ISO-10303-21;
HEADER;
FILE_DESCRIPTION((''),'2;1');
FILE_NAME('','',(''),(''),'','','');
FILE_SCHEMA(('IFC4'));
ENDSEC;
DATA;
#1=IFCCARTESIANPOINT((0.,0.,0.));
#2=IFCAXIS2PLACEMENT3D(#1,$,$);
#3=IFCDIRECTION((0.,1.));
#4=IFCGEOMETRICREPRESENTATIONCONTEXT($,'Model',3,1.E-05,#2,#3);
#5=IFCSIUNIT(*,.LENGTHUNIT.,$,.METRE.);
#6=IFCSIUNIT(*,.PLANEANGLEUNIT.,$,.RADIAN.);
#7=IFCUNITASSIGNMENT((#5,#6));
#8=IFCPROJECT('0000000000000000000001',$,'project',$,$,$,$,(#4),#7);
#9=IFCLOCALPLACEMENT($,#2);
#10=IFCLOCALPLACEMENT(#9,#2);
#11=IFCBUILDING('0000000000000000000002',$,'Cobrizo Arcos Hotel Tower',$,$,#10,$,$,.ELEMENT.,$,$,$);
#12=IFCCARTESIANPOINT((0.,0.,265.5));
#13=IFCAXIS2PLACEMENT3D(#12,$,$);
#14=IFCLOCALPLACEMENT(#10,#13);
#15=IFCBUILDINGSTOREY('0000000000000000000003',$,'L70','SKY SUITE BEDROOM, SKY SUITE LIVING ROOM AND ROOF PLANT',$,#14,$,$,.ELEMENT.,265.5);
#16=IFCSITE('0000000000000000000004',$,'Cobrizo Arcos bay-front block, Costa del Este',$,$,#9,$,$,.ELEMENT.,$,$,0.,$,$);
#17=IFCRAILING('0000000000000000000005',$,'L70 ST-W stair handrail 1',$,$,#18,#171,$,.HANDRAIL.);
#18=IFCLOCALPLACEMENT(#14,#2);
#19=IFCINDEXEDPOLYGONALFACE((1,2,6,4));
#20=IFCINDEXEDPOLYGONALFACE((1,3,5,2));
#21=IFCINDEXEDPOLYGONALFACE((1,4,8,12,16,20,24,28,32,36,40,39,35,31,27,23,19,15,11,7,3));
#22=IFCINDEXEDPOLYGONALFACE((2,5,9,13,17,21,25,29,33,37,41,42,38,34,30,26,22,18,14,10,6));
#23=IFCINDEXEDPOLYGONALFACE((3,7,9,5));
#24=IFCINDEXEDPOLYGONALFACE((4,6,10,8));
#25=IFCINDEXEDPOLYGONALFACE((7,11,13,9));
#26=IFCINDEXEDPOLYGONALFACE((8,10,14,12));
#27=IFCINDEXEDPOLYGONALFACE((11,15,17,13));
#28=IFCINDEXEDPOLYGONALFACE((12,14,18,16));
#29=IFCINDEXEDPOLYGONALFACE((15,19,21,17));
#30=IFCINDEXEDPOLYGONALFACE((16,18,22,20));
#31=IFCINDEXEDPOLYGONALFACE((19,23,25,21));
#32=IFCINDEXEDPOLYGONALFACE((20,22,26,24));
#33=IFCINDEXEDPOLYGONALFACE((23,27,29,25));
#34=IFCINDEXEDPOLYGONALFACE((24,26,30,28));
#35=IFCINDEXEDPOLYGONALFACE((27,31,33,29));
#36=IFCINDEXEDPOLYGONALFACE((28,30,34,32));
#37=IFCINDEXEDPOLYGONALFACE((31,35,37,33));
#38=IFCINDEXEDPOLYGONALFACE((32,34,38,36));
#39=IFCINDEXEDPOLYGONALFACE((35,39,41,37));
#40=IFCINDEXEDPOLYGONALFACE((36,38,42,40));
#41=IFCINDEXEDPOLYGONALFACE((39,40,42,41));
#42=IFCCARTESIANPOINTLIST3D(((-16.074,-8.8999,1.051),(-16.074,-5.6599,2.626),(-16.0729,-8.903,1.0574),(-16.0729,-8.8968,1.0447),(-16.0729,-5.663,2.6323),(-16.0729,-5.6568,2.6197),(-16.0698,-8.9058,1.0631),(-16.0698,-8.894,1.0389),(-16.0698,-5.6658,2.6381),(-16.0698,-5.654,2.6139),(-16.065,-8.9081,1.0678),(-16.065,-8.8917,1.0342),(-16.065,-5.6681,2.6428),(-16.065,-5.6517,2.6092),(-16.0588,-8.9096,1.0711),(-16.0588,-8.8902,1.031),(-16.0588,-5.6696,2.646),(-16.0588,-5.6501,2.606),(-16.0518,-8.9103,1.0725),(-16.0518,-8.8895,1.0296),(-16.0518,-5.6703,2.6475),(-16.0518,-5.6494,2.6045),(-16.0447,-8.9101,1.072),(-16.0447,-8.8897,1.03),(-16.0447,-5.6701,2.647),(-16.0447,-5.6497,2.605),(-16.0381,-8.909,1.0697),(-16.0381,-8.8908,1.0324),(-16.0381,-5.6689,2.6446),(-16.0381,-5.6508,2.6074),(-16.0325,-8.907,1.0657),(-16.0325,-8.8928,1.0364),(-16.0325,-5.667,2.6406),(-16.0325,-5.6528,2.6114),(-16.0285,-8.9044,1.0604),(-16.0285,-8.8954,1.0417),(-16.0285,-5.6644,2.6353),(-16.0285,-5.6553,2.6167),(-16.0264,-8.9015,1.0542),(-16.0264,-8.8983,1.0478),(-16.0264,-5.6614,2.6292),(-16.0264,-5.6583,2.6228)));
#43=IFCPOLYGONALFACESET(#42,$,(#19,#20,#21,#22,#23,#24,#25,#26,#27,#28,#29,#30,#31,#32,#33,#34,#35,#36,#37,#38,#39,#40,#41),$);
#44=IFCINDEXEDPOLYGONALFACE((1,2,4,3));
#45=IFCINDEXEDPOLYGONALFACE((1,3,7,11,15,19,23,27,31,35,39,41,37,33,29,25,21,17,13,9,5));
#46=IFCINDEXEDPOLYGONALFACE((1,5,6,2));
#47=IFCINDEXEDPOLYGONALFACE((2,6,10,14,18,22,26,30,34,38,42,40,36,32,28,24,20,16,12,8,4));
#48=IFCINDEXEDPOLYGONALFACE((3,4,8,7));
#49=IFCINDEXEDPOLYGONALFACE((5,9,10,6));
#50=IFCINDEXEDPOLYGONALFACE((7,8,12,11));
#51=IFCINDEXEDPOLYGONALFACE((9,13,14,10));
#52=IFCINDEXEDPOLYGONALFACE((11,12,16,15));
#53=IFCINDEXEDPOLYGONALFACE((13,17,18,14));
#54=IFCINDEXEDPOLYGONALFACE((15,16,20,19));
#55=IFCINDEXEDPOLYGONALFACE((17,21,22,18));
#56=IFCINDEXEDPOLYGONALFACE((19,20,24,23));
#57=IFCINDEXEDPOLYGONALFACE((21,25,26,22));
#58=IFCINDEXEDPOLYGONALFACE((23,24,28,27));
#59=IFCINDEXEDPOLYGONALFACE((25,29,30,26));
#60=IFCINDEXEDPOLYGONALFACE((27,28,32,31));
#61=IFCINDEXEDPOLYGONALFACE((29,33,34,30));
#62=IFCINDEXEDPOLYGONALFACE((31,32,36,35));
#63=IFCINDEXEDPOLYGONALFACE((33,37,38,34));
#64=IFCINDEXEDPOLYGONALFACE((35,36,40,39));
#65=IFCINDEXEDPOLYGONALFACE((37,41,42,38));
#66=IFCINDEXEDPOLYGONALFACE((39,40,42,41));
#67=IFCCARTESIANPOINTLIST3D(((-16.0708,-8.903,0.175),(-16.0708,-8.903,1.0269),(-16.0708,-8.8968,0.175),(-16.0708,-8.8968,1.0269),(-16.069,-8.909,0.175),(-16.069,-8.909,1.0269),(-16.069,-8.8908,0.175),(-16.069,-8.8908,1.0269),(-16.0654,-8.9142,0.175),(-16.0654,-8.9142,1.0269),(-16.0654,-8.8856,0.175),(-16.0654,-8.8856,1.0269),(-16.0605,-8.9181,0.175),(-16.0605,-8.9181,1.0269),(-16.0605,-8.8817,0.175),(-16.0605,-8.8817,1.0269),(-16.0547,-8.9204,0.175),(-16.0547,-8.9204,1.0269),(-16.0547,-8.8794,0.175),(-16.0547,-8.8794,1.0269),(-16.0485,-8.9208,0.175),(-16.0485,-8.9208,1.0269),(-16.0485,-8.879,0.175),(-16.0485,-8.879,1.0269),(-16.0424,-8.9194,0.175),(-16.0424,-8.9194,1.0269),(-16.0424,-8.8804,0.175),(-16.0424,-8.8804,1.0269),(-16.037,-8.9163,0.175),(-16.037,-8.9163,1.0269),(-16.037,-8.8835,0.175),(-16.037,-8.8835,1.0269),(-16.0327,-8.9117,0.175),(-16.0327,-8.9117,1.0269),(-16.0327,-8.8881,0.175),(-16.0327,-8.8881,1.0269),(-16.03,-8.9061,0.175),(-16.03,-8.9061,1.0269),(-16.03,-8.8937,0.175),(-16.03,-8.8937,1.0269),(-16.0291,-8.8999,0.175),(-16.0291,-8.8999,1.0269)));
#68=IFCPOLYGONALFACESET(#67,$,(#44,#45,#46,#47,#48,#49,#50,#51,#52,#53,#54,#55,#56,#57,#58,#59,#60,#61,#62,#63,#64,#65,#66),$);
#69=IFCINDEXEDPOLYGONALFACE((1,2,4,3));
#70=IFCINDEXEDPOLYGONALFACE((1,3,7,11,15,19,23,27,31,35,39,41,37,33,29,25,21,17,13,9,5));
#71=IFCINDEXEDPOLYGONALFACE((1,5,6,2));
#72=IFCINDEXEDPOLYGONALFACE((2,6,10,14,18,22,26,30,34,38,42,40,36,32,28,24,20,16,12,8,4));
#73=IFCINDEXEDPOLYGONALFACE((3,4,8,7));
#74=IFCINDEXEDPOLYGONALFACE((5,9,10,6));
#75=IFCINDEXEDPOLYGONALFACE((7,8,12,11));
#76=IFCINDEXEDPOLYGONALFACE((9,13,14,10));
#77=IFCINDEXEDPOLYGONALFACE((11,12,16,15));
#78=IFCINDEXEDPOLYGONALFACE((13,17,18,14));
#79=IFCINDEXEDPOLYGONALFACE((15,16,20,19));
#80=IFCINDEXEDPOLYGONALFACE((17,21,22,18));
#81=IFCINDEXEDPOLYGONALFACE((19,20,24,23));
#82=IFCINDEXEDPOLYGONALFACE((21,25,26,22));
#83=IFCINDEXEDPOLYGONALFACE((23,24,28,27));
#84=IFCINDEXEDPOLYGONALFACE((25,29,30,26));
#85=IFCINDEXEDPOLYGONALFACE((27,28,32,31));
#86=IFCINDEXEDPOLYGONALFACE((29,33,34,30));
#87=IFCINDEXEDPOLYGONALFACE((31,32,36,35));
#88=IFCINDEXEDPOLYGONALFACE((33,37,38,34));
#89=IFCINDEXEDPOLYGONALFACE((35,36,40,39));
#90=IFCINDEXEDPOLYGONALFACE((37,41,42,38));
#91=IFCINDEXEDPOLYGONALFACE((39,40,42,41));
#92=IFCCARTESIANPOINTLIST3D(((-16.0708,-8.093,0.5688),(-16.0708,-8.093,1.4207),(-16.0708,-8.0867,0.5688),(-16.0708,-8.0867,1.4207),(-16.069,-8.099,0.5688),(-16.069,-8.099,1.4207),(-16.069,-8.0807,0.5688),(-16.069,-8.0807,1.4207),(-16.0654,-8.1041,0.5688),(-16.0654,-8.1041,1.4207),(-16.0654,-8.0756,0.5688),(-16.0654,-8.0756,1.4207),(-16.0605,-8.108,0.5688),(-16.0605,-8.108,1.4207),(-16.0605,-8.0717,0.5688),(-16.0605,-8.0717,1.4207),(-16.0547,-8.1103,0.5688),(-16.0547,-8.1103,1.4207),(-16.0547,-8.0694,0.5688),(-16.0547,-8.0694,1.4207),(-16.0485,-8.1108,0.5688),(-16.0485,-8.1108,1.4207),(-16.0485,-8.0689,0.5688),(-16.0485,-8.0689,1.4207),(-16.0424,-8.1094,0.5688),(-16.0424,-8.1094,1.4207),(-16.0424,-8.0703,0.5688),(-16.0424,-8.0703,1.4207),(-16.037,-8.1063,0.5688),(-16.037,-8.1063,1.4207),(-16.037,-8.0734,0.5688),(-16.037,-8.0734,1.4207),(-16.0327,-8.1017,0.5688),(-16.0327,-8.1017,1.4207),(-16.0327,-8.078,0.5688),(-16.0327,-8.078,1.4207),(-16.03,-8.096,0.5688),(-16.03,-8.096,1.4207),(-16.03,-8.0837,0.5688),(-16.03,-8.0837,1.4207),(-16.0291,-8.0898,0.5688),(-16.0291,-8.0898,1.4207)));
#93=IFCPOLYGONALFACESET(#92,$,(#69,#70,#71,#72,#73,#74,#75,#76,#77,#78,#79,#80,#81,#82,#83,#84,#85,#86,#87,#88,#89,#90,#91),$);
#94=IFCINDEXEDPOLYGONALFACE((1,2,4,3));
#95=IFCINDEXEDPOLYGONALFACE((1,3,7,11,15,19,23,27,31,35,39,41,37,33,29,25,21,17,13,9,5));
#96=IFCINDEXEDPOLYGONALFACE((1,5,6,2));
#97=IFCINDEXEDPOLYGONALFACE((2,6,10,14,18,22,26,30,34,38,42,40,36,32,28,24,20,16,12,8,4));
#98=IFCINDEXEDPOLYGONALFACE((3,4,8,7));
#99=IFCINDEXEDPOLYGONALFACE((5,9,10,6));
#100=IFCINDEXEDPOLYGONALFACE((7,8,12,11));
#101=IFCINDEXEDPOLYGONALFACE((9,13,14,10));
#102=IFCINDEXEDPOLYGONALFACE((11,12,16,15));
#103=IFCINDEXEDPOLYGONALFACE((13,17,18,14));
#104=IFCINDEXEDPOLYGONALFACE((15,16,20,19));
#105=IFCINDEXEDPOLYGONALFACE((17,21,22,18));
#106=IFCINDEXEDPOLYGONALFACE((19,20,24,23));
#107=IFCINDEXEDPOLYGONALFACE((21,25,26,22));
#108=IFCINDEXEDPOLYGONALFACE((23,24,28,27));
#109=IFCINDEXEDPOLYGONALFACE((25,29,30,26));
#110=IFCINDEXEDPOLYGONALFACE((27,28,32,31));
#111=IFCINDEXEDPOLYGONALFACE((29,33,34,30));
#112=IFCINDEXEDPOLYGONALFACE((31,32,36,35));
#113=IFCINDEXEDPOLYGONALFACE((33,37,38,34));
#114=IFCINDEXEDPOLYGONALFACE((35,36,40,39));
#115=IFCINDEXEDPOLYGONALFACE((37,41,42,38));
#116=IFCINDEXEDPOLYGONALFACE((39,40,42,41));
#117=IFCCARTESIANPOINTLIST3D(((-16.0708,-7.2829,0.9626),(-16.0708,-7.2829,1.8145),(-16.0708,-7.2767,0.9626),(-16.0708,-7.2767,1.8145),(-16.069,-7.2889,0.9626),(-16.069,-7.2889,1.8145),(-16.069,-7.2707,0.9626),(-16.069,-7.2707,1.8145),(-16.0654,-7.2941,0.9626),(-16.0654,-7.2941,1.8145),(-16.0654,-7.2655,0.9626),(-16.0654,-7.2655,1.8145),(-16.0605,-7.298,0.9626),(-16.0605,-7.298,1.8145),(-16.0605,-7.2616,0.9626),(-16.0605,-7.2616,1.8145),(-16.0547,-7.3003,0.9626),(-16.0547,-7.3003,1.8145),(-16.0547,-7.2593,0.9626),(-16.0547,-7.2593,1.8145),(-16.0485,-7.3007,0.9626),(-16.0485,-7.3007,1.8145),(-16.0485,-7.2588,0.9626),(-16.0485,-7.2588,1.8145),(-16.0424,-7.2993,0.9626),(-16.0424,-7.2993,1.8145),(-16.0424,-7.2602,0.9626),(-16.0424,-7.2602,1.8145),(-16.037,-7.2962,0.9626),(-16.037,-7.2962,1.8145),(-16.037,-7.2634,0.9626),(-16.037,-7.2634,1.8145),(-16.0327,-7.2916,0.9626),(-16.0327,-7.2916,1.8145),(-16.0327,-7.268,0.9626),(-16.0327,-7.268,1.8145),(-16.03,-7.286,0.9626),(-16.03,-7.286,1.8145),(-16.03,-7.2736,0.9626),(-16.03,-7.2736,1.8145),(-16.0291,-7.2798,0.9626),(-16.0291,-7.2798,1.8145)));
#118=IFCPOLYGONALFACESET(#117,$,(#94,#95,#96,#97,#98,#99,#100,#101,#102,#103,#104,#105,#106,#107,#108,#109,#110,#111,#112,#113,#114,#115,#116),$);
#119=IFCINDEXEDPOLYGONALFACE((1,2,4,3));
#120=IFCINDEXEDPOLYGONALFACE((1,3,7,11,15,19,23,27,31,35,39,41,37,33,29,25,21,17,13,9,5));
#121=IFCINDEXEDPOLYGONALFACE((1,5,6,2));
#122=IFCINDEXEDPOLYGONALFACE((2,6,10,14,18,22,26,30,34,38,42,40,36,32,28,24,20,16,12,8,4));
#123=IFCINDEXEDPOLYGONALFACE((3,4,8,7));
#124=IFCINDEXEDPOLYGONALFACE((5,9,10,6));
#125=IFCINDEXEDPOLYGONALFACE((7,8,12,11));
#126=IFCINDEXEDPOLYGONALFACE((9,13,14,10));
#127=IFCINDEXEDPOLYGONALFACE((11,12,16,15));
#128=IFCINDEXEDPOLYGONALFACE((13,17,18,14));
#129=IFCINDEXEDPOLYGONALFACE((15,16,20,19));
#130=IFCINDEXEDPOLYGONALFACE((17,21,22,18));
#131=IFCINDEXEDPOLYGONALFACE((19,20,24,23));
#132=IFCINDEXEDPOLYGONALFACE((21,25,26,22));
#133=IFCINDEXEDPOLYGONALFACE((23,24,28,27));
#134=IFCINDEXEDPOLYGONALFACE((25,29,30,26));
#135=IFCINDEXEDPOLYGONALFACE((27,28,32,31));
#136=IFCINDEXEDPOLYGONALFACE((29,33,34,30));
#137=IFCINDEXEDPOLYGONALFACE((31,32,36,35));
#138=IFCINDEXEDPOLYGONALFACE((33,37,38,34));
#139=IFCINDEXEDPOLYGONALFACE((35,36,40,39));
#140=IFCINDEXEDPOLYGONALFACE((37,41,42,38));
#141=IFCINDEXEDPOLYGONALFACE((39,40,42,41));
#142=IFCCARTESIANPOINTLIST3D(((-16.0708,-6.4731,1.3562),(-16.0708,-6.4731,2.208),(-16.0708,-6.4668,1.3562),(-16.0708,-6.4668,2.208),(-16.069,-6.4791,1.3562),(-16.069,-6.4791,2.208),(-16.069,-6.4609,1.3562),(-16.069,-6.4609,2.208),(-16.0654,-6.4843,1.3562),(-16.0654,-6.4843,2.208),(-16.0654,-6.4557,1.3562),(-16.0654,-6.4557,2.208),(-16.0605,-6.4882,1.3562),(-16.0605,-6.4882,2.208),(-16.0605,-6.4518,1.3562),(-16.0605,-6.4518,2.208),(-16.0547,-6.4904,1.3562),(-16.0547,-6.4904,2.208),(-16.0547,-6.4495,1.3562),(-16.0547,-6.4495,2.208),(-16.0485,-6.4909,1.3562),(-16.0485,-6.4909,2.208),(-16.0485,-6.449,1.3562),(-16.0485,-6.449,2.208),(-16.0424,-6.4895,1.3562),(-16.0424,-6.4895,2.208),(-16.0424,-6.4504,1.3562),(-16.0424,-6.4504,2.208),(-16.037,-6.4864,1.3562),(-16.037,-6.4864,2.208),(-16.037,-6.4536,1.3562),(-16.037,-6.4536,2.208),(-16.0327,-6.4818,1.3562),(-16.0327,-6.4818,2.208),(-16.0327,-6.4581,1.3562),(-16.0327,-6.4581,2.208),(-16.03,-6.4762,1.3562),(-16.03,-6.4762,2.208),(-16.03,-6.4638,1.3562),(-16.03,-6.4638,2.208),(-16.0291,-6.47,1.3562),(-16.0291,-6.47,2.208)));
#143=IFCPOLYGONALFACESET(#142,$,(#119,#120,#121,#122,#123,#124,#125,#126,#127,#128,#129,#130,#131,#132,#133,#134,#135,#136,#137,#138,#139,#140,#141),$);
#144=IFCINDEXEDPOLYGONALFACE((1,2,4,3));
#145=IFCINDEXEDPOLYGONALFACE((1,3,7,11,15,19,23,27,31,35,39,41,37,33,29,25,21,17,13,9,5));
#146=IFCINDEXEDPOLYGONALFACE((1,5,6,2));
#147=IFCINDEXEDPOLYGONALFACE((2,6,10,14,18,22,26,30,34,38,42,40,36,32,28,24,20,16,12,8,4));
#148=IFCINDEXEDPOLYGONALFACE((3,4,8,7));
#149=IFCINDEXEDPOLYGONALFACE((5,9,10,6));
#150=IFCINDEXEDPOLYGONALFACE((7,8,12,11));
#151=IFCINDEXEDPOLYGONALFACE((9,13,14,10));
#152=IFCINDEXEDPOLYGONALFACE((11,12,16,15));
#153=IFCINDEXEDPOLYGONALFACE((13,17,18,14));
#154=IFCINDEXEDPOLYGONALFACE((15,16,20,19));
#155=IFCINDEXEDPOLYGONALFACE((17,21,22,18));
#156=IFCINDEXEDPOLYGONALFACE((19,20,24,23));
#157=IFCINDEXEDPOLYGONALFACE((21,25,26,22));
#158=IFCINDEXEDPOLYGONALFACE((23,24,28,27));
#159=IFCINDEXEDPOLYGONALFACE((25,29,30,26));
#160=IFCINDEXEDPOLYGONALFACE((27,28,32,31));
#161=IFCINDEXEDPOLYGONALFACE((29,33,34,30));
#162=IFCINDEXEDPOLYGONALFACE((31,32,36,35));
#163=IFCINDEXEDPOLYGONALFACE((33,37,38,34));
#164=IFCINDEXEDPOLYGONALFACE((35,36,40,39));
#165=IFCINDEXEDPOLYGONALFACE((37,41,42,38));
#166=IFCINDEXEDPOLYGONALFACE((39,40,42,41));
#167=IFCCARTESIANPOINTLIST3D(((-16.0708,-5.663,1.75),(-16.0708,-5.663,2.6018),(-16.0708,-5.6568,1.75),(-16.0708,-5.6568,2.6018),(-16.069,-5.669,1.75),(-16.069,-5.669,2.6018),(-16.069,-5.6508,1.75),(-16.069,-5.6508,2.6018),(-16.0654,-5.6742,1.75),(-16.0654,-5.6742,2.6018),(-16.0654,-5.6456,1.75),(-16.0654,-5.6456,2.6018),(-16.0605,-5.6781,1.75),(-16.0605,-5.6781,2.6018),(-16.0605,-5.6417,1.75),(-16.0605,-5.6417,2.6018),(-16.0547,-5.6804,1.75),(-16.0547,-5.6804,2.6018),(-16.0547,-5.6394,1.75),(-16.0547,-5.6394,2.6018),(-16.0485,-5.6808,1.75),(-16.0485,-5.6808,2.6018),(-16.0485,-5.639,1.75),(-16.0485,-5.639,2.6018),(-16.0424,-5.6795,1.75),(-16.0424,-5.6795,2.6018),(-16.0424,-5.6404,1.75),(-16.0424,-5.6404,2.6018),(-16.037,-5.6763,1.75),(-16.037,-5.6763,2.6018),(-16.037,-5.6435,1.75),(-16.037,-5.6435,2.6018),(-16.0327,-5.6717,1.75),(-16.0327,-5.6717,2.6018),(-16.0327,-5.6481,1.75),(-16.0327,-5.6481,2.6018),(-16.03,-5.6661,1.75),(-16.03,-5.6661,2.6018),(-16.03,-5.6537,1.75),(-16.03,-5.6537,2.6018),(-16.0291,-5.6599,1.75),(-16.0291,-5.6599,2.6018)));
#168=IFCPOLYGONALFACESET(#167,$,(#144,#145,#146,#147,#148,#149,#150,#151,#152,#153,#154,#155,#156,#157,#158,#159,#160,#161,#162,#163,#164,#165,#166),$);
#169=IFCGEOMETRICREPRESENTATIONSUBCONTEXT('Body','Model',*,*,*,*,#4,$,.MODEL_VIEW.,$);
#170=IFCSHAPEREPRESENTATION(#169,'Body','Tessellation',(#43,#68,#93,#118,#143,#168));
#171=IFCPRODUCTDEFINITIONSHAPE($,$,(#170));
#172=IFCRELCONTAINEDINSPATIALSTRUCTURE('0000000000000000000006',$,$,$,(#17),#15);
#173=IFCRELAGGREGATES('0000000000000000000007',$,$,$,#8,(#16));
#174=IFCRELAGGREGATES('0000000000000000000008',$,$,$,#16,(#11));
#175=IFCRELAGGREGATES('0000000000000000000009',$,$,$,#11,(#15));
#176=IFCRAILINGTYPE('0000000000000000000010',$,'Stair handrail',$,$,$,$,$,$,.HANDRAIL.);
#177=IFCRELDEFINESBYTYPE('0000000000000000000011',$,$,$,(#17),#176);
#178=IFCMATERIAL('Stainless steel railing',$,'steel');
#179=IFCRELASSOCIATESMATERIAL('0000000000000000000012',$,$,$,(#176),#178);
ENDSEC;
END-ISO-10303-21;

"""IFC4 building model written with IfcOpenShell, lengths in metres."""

from ifc_helpers import new_model, si_unit, direction, frame, origin, origin_2d, place, context, subcontext, project, spatial, circle, extrude, material, type_object, element, save


model = new_model("IFC4")

# Units and contexts
model_context = context("Model", 3, precision=1e-05, world=origin(), true_north=direction((0.0, 1.0)))
body_context = subcontext(model_context, "Body", "Model", "MODEL_VIEW")
ifc_project = project(units=[si_unit("LENGTHUNIT", "METRE"), si_unit("PLANEANGLEUNIT", "RADIAN")], contexts=[model_context])

# Site, building, storey
site_placement = place(None, origin())
site = spatial("IfcSite", under=ifc_project, at=site_placement, Name="Cobrizo Arcos bay-front block, Costa del Este", CompositionType="ELEMENT", RefElevation=0.0)
building_placement = place(site_placement, origin())
building = spatial("IfcBuilding", under=site, at=building_placement, Name="Cobrizo Arcos Hotel Tower", CompositionType="ELEMENT")
storey_placement = place(building_placement, frame((0.0, 0.0, 265.5)))
storey = spatial("IfcBuildingStorey", under=building, at=storey_placement, Name="L70", Description="SKY SUITE BEDROOM, SKY SUITE LIVING ROOM AND ROOF PLANT", CompositionType="ELEMENT", Elevation=265.5)

# Railing
ifc_material_1 = material(Name="Stainless steel railing", Category="steel")
railing_type_1 = type_object("IfcRailingType", Name="Stair handrail", PredefinedType="HANDRAIL", material=ifc_material_1)
railing_1_placement = place(storey_placement, frame((-16.05, -8.8999, 0.175)))
element("IfcRailing", 1, at=railing_1_placement, inside=storey, type_object=railing_type_1, Name="L70 ST-W stair handrail 1", PredefinedType="HANDRAIL", context=body_context, shape_type="SweptSolid", body=[
    extrude(circle(Radius=0.0239, at=origin_2d()), frame((0.0, 0.0, 0.876), z_axis=(0.0, 0.899373, 0.437183), x_axis=(-1.0, 0.0, 0.0)), (0.0, 0.0, 1.0), 3.6025),
    extrude(circle(Radius=0.021, at=origin_2d()), origin(), (0.0, 0.0, 1.0), 0.8518),
    extrude(circle(Radius=0.021, at=origin_2d()), frame((0.0, 0.8101, 0.3938)), (0.0, 0.0, 1.0), 0.8518),
    extrude(circle(Radius=0.021, at=origin_2d()), frame((0.0, 1.6201, 0.7876)), (0.0, 0.0, 1.0), 0.8518),
    extrude(circle(Radius=0.021, at=origin_2d()), frame((0.0, 2.4299, 1.1812)), (0.0, 0.0, 1.0), 0.8518),
    extrude(circle(Radius=0.021, at=origin_2d()), frame((0.0, 3.24, 1.575)), (0.0, 0.0, 1.0), 0.8518),
])

save(model, "model.ifc")
